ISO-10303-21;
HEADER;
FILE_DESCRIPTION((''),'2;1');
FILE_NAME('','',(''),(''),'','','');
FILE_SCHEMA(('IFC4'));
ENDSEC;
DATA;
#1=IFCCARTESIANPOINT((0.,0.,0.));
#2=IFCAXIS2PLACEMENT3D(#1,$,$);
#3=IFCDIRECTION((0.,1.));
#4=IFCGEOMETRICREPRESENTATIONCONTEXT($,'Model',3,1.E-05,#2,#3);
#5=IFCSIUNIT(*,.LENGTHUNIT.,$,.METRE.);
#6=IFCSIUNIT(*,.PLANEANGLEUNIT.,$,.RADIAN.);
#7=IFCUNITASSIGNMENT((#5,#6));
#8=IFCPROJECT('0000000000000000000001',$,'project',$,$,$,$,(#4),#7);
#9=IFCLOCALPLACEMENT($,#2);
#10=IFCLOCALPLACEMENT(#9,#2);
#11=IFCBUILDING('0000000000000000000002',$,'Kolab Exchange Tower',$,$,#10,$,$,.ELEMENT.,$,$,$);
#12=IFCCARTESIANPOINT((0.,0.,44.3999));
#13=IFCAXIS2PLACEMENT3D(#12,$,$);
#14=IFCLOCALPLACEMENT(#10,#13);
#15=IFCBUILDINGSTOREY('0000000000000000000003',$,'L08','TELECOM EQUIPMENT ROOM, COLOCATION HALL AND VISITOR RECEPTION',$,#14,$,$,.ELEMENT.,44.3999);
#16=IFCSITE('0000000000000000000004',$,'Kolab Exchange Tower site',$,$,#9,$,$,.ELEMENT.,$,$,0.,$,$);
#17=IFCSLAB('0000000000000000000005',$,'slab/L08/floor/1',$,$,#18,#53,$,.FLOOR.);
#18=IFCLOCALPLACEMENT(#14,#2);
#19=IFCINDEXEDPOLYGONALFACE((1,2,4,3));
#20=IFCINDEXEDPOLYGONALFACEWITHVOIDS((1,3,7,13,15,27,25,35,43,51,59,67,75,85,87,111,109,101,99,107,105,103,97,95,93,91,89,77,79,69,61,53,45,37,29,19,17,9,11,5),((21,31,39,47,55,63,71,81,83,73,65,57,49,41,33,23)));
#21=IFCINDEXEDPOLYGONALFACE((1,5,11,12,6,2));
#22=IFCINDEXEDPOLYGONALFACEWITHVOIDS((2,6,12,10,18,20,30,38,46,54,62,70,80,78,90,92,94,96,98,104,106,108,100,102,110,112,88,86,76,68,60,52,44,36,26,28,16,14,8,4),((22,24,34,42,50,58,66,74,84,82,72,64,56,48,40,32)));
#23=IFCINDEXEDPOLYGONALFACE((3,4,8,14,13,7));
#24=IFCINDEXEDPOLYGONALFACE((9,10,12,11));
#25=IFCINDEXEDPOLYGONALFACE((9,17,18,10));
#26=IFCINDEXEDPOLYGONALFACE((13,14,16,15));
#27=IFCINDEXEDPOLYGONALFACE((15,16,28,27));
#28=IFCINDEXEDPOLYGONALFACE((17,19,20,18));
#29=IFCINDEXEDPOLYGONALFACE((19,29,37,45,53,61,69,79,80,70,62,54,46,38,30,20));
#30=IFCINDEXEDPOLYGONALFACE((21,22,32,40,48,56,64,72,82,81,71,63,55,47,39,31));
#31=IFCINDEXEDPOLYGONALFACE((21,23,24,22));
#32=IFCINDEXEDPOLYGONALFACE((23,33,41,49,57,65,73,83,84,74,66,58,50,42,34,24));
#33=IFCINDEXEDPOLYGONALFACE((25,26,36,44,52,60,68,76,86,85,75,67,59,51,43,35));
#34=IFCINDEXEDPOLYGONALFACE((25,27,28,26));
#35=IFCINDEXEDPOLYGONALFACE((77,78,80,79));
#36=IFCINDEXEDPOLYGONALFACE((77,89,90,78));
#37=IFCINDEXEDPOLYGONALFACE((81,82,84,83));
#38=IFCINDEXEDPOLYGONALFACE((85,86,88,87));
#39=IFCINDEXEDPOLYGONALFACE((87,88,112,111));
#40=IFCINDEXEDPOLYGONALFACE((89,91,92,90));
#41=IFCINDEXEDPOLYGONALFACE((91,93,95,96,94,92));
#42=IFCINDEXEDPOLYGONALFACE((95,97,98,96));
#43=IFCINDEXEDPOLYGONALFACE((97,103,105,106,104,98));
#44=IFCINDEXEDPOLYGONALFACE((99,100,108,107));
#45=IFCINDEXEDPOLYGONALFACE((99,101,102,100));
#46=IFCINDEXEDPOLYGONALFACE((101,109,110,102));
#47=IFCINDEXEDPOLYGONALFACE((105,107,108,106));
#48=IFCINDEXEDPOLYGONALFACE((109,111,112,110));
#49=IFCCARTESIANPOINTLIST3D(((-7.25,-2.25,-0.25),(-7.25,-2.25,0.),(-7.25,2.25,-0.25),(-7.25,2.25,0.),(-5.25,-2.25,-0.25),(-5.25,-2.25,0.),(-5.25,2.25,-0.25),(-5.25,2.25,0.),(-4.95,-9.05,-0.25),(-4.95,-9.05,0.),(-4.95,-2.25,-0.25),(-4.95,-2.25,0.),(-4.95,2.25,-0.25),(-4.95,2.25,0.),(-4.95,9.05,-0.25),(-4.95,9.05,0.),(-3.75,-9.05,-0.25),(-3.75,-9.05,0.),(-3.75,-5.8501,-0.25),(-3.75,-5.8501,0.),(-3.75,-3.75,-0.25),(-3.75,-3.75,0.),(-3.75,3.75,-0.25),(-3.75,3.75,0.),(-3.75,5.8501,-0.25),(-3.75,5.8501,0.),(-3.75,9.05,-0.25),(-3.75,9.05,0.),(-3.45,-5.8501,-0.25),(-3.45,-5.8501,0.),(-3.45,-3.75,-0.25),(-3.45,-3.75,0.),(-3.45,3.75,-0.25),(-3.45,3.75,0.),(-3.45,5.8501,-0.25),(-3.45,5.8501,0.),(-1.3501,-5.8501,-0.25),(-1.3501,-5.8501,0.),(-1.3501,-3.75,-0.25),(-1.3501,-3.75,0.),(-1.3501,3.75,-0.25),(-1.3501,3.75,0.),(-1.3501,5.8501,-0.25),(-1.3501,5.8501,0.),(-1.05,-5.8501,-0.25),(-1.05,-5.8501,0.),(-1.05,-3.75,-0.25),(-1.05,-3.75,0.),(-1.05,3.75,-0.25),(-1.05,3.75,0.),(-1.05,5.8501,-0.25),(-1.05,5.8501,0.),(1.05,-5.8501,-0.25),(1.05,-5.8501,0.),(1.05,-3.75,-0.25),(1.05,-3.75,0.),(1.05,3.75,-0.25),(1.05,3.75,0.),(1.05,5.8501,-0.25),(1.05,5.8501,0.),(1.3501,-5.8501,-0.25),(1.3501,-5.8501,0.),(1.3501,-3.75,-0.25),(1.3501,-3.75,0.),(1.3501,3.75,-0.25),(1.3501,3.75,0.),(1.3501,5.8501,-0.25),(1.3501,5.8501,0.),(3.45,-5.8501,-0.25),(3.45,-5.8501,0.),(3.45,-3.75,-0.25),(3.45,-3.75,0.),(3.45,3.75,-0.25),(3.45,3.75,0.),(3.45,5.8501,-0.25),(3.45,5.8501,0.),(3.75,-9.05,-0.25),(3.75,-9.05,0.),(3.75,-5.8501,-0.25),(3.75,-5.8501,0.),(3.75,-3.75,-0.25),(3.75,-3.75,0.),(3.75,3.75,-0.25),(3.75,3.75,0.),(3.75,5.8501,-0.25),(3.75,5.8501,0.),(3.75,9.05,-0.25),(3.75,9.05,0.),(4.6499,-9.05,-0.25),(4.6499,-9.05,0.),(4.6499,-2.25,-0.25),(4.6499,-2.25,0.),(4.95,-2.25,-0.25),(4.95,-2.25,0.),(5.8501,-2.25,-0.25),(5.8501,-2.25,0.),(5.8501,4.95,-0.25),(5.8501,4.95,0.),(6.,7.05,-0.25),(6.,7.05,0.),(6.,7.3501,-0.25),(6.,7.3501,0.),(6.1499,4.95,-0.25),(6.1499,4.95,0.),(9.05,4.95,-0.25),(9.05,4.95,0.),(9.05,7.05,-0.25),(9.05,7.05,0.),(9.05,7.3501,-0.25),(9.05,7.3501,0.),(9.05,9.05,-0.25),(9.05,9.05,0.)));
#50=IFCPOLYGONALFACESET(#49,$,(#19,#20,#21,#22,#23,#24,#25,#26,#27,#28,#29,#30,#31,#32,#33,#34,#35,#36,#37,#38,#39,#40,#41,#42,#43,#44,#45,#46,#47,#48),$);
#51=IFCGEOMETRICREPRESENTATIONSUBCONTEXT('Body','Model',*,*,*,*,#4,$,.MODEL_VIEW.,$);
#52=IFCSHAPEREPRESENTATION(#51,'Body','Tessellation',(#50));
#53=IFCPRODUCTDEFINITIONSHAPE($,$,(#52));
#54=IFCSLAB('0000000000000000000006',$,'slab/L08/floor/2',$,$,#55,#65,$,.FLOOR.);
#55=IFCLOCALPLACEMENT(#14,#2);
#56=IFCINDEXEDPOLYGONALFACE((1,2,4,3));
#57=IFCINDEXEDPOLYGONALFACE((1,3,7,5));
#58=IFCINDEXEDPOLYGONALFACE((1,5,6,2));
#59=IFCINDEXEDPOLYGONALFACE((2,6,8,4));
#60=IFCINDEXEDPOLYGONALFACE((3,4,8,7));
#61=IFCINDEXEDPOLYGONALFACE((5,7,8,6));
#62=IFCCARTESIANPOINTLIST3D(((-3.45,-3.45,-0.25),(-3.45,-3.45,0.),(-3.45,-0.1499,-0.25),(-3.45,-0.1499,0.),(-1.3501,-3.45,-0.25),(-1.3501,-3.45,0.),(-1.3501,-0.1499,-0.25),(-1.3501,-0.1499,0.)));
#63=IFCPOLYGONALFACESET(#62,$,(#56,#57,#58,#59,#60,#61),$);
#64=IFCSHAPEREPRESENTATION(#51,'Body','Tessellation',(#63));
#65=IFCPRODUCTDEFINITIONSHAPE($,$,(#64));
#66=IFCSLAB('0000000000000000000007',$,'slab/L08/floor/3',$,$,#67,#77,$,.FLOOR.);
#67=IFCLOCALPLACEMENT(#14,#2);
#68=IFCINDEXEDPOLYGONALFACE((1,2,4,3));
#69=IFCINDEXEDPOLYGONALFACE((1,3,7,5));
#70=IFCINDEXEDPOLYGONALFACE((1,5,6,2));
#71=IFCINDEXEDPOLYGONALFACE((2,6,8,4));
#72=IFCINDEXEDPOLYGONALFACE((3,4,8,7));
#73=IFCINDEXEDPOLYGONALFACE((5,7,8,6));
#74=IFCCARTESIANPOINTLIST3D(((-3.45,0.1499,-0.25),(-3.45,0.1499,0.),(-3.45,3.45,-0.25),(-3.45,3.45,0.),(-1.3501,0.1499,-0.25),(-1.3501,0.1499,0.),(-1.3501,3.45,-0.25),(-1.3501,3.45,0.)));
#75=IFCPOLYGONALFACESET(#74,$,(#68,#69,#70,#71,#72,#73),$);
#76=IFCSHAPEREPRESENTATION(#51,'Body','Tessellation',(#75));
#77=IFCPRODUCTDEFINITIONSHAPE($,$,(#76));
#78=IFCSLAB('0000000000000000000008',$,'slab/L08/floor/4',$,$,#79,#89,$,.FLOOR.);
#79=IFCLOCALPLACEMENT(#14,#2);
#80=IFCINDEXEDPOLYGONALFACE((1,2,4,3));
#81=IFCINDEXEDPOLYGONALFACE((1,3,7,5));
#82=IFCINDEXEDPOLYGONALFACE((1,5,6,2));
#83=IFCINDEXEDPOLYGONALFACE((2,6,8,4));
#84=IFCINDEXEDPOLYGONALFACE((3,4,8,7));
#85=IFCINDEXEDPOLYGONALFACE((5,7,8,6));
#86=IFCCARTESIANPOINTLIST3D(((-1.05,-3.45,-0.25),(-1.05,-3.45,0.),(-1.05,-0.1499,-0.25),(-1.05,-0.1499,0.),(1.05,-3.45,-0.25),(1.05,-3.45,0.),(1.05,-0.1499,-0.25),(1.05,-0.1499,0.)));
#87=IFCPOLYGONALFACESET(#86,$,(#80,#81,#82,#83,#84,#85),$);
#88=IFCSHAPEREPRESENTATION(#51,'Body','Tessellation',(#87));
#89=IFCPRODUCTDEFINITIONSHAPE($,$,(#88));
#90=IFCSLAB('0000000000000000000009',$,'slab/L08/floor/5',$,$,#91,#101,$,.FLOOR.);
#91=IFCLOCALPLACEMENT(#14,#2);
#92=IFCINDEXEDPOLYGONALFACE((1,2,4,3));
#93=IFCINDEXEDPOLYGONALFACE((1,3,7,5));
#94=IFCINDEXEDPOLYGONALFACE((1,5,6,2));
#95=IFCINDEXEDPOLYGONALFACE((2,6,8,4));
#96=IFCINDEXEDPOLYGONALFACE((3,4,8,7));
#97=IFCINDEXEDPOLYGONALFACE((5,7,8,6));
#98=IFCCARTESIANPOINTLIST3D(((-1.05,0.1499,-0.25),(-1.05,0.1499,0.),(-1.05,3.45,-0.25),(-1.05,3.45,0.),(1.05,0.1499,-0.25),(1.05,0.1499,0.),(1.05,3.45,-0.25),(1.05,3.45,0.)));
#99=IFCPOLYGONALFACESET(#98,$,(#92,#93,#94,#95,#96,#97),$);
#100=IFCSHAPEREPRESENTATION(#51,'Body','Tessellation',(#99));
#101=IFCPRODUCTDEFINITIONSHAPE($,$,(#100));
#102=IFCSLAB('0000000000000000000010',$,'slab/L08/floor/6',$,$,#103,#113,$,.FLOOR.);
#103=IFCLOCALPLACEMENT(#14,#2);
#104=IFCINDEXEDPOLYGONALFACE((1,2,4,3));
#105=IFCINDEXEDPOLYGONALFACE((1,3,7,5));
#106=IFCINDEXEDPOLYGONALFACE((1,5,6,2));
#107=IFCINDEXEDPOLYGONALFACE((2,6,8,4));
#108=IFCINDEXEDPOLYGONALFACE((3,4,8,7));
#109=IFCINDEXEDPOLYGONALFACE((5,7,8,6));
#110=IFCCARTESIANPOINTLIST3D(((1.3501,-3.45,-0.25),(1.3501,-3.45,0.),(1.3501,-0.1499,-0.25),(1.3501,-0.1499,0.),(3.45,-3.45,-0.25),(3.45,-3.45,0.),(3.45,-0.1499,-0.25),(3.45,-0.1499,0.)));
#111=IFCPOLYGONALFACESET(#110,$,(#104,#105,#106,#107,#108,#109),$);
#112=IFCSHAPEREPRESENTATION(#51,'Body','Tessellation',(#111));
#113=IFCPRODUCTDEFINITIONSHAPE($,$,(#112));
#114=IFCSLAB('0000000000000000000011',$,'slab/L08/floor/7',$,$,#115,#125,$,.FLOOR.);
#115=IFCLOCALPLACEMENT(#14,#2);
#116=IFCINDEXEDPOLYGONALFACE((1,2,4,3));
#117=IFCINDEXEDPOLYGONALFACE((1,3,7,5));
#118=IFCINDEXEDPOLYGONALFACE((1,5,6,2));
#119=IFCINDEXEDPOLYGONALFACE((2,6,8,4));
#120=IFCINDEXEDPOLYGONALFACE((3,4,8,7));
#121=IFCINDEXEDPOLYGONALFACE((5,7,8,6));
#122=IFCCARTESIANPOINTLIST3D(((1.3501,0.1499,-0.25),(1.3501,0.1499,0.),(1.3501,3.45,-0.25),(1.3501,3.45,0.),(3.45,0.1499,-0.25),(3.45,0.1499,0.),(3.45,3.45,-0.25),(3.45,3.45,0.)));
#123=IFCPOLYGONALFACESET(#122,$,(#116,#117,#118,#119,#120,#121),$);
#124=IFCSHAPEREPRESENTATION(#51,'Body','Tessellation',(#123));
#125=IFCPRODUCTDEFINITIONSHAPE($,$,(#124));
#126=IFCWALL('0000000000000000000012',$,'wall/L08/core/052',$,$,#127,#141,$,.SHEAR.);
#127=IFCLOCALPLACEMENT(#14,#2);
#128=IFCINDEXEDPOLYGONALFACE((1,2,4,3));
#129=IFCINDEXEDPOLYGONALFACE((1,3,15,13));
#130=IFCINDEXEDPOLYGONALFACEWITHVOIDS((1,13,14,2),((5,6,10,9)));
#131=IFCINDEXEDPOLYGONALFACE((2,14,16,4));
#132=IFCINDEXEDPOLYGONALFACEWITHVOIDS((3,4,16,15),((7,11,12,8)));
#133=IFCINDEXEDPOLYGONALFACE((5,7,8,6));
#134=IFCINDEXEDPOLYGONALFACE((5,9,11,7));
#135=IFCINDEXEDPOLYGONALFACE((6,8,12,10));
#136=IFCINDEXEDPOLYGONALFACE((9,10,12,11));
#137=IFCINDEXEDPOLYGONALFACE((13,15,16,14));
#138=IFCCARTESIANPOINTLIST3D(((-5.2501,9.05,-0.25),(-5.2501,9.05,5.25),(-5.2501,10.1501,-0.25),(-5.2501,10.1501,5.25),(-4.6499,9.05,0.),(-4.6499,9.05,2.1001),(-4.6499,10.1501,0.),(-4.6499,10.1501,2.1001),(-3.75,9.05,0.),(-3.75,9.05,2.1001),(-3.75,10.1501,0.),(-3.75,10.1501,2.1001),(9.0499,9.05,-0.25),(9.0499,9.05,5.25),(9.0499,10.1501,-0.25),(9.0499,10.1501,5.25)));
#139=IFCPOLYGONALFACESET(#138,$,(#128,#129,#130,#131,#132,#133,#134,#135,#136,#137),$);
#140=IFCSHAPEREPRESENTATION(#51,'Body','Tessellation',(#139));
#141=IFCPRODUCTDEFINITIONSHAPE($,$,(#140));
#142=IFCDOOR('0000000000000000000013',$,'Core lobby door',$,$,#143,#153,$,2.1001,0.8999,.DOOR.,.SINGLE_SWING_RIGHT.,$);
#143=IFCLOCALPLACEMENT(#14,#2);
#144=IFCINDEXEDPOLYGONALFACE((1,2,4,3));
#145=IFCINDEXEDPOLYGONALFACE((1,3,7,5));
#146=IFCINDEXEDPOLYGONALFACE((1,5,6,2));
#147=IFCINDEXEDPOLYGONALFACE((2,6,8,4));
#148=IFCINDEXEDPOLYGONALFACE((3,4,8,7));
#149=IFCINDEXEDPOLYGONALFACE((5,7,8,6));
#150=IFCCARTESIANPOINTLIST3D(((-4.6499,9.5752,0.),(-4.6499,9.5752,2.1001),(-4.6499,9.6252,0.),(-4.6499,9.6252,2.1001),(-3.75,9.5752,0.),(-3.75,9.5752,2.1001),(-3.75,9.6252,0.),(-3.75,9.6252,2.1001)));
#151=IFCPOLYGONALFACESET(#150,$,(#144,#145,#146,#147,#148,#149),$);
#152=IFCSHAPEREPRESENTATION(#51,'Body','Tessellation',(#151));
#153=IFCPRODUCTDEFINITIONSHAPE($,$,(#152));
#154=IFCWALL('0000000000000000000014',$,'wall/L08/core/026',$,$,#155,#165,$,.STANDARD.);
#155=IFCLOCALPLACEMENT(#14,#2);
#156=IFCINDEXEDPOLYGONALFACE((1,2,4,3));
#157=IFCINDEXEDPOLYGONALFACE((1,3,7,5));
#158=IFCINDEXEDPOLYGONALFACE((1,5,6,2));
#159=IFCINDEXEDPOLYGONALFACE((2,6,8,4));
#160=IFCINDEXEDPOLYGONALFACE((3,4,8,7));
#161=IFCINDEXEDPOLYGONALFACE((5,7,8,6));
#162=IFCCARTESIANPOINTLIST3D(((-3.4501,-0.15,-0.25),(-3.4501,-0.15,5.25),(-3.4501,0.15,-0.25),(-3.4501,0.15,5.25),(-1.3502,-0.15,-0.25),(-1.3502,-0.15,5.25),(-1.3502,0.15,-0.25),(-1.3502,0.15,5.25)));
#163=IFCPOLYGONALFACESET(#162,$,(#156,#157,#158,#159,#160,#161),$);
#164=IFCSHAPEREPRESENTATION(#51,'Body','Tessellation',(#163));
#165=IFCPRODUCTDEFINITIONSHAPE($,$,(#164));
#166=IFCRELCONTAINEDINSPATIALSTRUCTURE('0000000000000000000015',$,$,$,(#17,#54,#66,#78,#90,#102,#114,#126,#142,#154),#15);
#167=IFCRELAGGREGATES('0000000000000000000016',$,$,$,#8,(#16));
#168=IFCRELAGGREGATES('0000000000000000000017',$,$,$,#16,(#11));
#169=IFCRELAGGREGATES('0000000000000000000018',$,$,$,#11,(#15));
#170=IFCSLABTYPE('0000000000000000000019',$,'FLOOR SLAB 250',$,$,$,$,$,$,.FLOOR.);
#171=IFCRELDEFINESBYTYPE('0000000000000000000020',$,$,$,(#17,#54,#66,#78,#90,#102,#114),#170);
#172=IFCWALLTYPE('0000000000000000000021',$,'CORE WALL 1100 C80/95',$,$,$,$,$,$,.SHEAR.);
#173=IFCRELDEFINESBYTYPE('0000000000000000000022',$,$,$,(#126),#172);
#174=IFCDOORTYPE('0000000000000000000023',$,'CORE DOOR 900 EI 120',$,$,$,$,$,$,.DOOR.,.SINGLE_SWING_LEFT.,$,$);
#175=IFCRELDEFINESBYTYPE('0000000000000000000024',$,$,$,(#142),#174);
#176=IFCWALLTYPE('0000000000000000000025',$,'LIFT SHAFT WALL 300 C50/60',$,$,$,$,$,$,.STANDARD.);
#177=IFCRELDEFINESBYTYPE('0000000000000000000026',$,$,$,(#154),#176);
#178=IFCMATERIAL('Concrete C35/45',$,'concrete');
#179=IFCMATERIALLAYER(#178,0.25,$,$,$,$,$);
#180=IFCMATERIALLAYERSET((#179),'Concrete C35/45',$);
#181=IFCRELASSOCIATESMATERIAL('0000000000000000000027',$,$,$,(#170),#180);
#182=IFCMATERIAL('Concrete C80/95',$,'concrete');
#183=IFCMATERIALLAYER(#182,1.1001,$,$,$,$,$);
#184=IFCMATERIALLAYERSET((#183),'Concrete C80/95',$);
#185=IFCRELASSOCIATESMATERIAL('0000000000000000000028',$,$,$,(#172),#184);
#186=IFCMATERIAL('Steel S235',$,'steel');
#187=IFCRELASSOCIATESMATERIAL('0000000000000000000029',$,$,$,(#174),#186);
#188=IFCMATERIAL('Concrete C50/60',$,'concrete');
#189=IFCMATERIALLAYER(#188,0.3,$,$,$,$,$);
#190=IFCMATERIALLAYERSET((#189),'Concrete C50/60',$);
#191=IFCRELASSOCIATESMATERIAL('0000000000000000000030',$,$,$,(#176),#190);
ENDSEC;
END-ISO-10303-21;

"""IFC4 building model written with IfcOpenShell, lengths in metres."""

from ifc_helpers import new_model, si_unit, direction, frame, frame_2d, origin, place, context, subcontext, project, spatial, polyline, rectangle, outline, extrude, material, layer, layer_set, type_object, element, fill, save


model = new_model("IFC4")

# Units and contexts
model_context = context("Model", 3, precision=1e-05, world=origin(), true_north=direction((0.0, 1.0)))
body_context = subcontext(model_context, "Body", "Model", "MODEL_VIEW")
ifc_project = project(units=[si_unit("LENGTHUNIT", "METRE"), si_unit("PLANEANGLEUNIT", "RADIAN")], contexts=[model_context])

# Site, building, storey
site_placement = place(None, origin())
site = spatial("IfcSite", under=ifc_project, at=site_placement, Name="Kolab Exchange Tower site", CompositionType="ELEMENT", RefElevation=0.0)
building_placement = place(site_placement, origin())
building = spatial("IfcBuilding", under=site, at=building_placement, Name="Kolab Exchange Tower", CompositionType="ELEMENT")
storey_placement = place(building_placement, frame((0.0, 0.0, 44.3999)))
storey = spatial("IfcBuildingStorey", under=building, at=storey_placement, Name="L08", Description="TELECOM EQUIPMENT ROOM, COLOCATION HALL AND VISITOR RECEPTION", CompositionType="ELEMENT", Elevation=44.3999)

# Slabs
ifc_material_1 = material(Name="Concrete C35/45", Category="concrete")
ifc_layer_1 = layer(ifc_material_1, 0.25)
ifc_layer_set_1 = layer_set([ifc_layer_1], Name="Concrete C35/45")
slab_type = type_object("IfcSlabType", Name="FLOOR SLAB 250", PredefinedType="FLOOR", material=ifc_layer_set_1)
slab_1_placement = place(storey_placement, frame((0.0, 0.0, -0.25)))
element("IfcSlab", 1, at=slab_1_placement, inside=storey, type_object=slab_type, Name="slab/L08/floor/1", PredefinedType="FLOOR", context=body_context, shape_type="SweptSolid", body=[
    extrude(outline(polyline([(-5.25, 2.25), (-7.25, 2.25), (-7.25, -2.25), (-5.25, -2.25), (-4.95, -2.25), (-4.95, -9.05), (-3.75, -9.05), (-3.75, -5.8501), (-3.45, -5.8501), (-1.3501, -5.8501), (-1.05, -5.8501), (1.05, -5.8501), (1.3501, -5.8501), (3.45, -5.8501), (3.75, -5.8501), (3.75, -9.05), (4.6499, -9.05), (4.6499, -2.25), (4.95, -2.25), (5.8501, -2.25), (5.8501, 4.95), (6.1499, 4.95), (9.05, 4.95), (9.05, 7.05), (6.0, 7.05), (6.0, 7.3501), (9.05, 7.3501), (9.05, 9.05), (3.75, 9.05), (3.75, 5.8501), (3.45, 5.8501), (1.3501, 5.8501), (1.05, 5.8501), (-1.05, 5.8501), (-1.3501, 5.8501), (-3.45, 5.8501), (-3.75, 5.8501), (-3.75, 9.05), (-4.95, 9.05), (-4.95, 2.25), (-5.25, 2.25)]), holes=[polyline([(-1.3501, 3.75), (-1.05, 3.75), (1.05, 3.75), (1.3501, 3.75), (3.45, 3.75), (3.75, 3.75), (3.75, -3.75), (3.45, -3.75), (1.3501, -3.75), (1.05, -3.75), (-1.05, -3.75), (-1.3501, -3.75), (-3.45, -3.75), (-3.75, -3.75), (-3.75, 3.75), (-3.45, 3.75), (-1.3501, 3.75)])]), origin(), (0.0, 0.0, 1.0), 0.25),
])
slab_2_placement = place(storey_placement, frame((0.0, 0.0, -0.25)))
element("IfcSlab", 2, at=slab_2_placement, inside=storey, type_object=slab_type, Name="slab/L08/floor/2", PredefinedType="FLOOR", context=body_context, shape_type="SweptSolid", body=[
    extrude(outline(polyline([(-3.45, -3.45), (-1.3501, -3.45), (-1.3501, -0.1499), (-3.45, -0.1499), (-3.45, -3.45)])), origin(), (0.0, 0.0, 1.0), 0.25),
])
slab_3_placement = place(storey_placement, frame((0.0, 0.0, -0.25)))
element("IfcSlab", 3, at=slab_3_placement, inside=storey, type_object=slab_type, Name="slab/L08/floor/3", PredefinedType="FLOOR", context=body_context, shape_type="SweptSolid", body=[
    extrude(outline(polyline([(-1.3501, 0.1499), (-1.3501, 3.45), (-3.45, 3.45), (-3.45, 0.1499), (-1.3501, 0.1499)])), origin(), (0.0, 0.0, 1.0), 0.25),
])
slab_4_placement = place(storey_placement, frame((0.0, 0.0, -0.25)))
element("IfcSlab", 4, at=slab_4_placement, inside=storey, type_object=slab_type, Name="slab/L08/floor/4", PredefinedType="FLOOR", context=body_context, shape_type="SweptSolid", body=[
    extrude(outline(polyline([(-1.05, -0.1499), (-1.05, -3.45), (1.05, -3.45), (1.05, -0.1499), (-1.05, -0.1499)])), origin(), (0.0, 0.0, 1.0), 0.25),
])
slab_5_placement = place(storey_placement, frame((0.0, 0.0, -0.25)))
element("IfcSlab", 5, at=slab_5_placement, inside=storey, type_object=slab_type, Name="slab/L08/floor/5", PredefinedType="FLOOR", context=body_context, shape_type="SweptSolid", body=[
    extrude(outline(polyline([(-1.05, 3.45), (-1.05, 0.1499), (1.05, 0.1499), (1.05, 3.45), (-1.05, 3.45)])), origin(), (0.0, 0.0, 1.0), 0.25),
])
slab_6_placement = place(storey_placement, frame((0.0, 0.0, -0.25)))
element("IfcSlab", 6, at=slab_6_placement, inside=storey, type_object=slab_type, Name="slab/L08/floor/6", PredefinedType="FLOOR", context=body_context, shape_type="SweptSolid", body=[
    extrude(outline(polyline([(1.3501, -3.45), (3.45, -3.45), (3.45, -0.1499), (1.3501, -0.1499), (1.3501, -3.45)])), origin(), (0.0, 0.0, 1.0), 0.25),
])
slab_7_placement = place(storey_placement, frame((0.0, 0.0, -0.25)))
element("IfcSlab", 7, at=slab_7_placement, inside=storey, type_object=slab_type, Name="slab/L08/floor/7", PredefinedType="FLOOR", context=body_context, shape_type="SweptSolid", body=[
    extrude(outline(polyline([(1.3501, 0.1499), (3.45, 0.1499), (3.45, 3.45), (1.3501, 3.45), (1.3501, 0.1499)])), origin(), (0.0, 0.0, 1.0), 0.25),
])

# Wall, opening, door
ifc_material_2 = material(Name="Concrete C80/95", Category="concrete")
ifc_layer_2 = layer(ifc_material_2, 1.1001)
ifc_layer_set_2 = layer_set([ifc_layer_2], Name="Concrete C80/95")
wall_type_1 = type_object("IfcWallType", Name="CORE WALL 1100 C80/95", PredefinedType="SHEAR", material=ifc_layer_set_2)
wall_1_placement = place(storey_placement, frame((-5.25, 9.6001, -0.25), z_axis=(0.0, 0.0, 1.0), x_axis=(1.0, 0.0, 0.0)))
wall_1 = element("IfcWall", 8, at=wall_1_placement, inside=storey, type_object=wall_type_1, Name="wall/L08/core/052", PredefinedType="SHEAR", context=body_context, shape_type="SweptSolid", body=[
    extrude(rectangle(XDim=14.3, YDim=1.1001, at=frame_2d((7.1499, 0.0))), origin(), (0.0, 0.0, 1.0), 5.5),
])
opening_1_placement = place(wall_1_placement, frame((0.6001, 0.0, 0.25)))
opening_1 = element("IfcOpeningElement", 9, at=opening_1_placement, cuts=wall_1, PredefinedType="OPENING", context=body_context, shape_type="SweptSolid", body=[
    extrude(rectangle(XDim=0.8999, YDim=2.1001, at=frame_2d((0.45, 1.05))), frame((0.0, 0.5601, 0.0), z_axis=(0.0, -1.0, 0.0), x_axis=(1.0, 0.0, 0.0)), (0.0, 0.0, 1.0), 1.1201),
])
ifc_material_3 = material(Name="Steel S235", Category="steel")
door_type_1 = type_object("IfcDoorType", Name="CORE DOOR 900 EI 120", OperationType="SINGLE_SWING_LEFT", PredefinedType="DOOR", material=ifc_material_3)
door_1_placement = place(opening_1_placement, frame((0.8999, 0.0, 0.0), z_axis=(0.0, 0.0, 1.0), x_axis=(-1.0, 0.0, 0.0)))
door_1 = element("IfcDoor", 10, at=door_1_placement, inside=storey, type_object=door_type_1, Name="Core lobby door", OperationType="SINGLE_SWING_RIGHT", OverallHeight=2.1001, OverallWidth=0.8999, PredefinedType="DOOR", context=body_context, shape_type="SweptSolid", body=[
    extrude(rectangle(XDim=0.8999, YDim=2.1001, at=frame_2d((0.45, 1.05))), frame((0.0, 0.0249, 0.0), z_axis=(0.0, -1.0, 0.0), x_axis=(1.0, 0.0, 0.0)), (0.0, 0.0, 1.0), 0.05),
])
fill(opening_1, door_1)

# Wall
ifc_material_4 = material(Name="Concrete C50/60", Category="concrete")
ifc_layer_3 = layer(ifc_material_4, 0.3)
ifc_layer_set_3 = layer_set([ifc_layer_3], Name="Concrete C50/60")
wall_type_2 = type_object("IfcWallType", Name="LIFT SHAFT WALL 300 C50/60", PredefinedType="STANDARD", material=ifc_layer_set_3)
wall_2_placement = place(storey_placement, frame((-3.45, 0.0, -0.25), z_axis=(0.0, 0.0, 1.0), x_axis=(1.0, 0.0, 0.0)))
element("IfcWall", 11, at=wall_2_placement, inside=storey, type_object=wall_type_2, Name="wall/L08/core/026", PredefinedType="STANDARD", context=body_context, shape_type="SweptSolid", body=[
    extrude(rectangle(XDim=2.0999, YDim=0.3, at=frame_2d((1.0498, 0.0))), origin(), (0.0, 0.0, 1.0), 5.5),
])

save(model, "model.ifc")
